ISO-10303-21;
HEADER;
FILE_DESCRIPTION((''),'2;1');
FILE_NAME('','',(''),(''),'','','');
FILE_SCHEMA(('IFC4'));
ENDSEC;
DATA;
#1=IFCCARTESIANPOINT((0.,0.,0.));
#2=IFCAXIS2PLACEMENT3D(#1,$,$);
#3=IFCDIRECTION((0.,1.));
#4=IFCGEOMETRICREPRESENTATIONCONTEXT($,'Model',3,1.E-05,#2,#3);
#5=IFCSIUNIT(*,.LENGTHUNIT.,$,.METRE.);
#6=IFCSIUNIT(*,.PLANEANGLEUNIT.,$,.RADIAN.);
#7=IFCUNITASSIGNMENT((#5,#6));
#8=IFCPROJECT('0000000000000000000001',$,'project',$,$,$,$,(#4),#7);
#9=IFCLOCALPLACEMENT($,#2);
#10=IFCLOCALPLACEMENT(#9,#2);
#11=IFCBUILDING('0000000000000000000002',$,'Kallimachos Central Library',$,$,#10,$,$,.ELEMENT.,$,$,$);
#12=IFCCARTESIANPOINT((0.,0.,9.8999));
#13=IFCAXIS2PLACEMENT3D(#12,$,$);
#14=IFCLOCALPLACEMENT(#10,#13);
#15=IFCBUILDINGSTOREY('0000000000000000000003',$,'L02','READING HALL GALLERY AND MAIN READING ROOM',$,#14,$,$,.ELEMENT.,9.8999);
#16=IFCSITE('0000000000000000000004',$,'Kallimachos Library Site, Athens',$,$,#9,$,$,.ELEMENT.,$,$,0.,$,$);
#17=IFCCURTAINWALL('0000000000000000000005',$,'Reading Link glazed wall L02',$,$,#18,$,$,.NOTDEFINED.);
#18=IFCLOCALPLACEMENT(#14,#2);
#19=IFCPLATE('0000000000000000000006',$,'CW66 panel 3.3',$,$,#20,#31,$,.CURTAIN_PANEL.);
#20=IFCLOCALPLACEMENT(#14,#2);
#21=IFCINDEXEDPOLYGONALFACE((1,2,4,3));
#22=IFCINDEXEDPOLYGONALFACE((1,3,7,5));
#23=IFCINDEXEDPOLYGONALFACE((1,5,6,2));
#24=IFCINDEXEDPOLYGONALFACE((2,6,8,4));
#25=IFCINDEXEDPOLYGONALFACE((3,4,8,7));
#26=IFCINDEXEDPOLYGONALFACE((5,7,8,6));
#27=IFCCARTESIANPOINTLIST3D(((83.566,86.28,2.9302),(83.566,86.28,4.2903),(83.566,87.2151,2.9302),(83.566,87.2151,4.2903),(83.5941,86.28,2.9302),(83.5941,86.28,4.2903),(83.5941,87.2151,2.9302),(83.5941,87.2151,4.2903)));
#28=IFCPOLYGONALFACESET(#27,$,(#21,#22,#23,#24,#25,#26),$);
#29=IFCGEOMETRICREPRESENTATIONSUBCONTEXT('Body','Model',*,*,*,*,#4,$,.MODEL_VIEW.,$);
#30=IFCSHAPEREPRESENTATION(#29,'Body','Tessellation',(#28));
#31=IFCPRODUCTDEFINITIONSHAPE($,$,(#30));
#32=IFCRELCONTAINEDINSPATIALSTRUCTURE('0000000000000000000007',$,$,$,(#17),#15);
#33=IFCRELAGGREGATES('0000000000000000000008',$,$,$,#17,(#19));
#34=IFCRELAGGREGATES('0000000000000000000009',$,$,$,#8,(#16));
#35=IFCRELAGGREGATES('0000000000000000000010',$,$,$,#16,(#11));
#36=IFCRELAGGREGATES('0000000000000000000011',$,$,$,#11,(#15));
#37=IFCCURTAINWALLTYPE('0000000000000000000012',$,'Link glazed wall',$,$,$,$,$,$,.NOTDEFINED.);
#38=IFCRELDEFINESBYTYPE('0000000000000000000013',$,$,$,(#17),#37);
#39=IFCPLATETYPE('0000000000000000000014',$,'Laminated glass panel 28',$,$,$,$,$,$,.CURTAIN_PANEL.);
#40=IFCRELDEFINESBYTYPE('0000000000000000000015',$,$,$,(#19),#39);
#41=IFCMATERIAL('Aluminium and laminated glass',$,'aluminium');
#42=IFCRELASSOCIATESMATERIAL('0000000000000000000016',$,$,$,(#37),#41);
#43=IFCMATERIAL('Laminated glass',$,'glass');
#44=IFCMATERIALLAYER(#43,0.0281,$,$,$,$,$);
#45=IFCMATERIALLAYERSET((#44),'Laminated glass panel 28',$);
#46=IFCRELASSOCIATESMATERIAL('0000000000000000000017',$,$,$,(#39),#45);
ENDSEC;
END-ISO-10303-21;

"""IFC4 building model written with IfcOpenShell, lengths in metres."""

from ifc_helpers import new_model, si_unit, direction, frame, origin, origin_2d, place, context, subcontext, project, spatial, rectangle, extrude, material, layer, layer_set, type_object, element, aggregate, save


model = new_model("IFC4")

# Units and contexts
model_context = context("Model", 3, precision=1e-05, world=origin(), true_north=direction((0.0, 1.0)))
body_context = subcontext(model_context, "Body", "Model", "MODEL_VIEW")
ifc_project = project(units=[si_unit("LENGTHUNIT", "METRE"), si_unit("PLANEANGLEUNIT", "RADIAN")], contexts=[model_context])

# Site, building, storey
site_placement = place(None, origin())
site = spatial("IfcSite", under=ifc_project, at=site_placement, Name="Kallimachos Library Site, Athens", CompositionType="ELEMENT", RefElevation=0.0)
building_placement = place(site_placement, origin())
building = spatial("IfcBuilding", under=site, at=building_placement, Name="Kallimachos Central Library", CompositionType="ELEMENT")
storey_placement = place(building_placement, frame((0.0, 0.0, 9.8999)))
storey = spatial("IfcBuildingStorey", under=building, at=storey_placement, Name="L02", Description="READING HALL GALLERY AND MAIN READING ROOM", CompositionType="ELEMENT", Elevation=9.8999)

# Curtain wall
ifc_material_1 = material(Name="Aluminium and laminated glass", Category="aluminium")
curtain_wall_type = type_object("IfcCurtainWallType", Name="Link glazed wall", PredefinedType="NOTDEFINED", material=ifc_material_1)
curtain_wall_placement = place(storey_placement, origin())
curtain_wall = element("IfcCurtainWall", 1, at=curtain_wall_placement, inside=storey, type_object=curtain_wall_type, Name="Reading Link glazed wall L02", PredefinedType="NOTDEFINED")

# Plate
ifc_material_2 = material(Name="Laminated glass", Category="glass")
ifc_layer = layer(ifc_material_2, 0.0281)
ifc_layer_set = layer_set([ifc_layer], Name="Laminated glass panel 28")
plate_type = type_object("IfcPlateType", Name="Laminated glass panel 28", PredefinedType="CURTAIN_PANEL", material=ifc_layer_set)
plate_1_placement = place(storey_placement, frame((83.5801, 86.7476, 2.9302), z_axis=(0.0, 0.0, 1.0), x_axis=(0.0, 1.0, 0.0)))
plate_1 = element("IfcPlate", 2, at=plate_1_placement, type_object=plate_type, Name="CW66 panel 3.3", PredefinedType="CURTAIN_PANEL", context=body_context, shape_type="SweptSolid", body=[
    extrude(rectangle(XDim=0.9351, YDim=0.0281, at=origin_2d()), origin(), (0.0, 0.0, 1.0), 1.3601),
])
aggregate(curtain_wall, [plate_1])

save(model, "model.ifc")
